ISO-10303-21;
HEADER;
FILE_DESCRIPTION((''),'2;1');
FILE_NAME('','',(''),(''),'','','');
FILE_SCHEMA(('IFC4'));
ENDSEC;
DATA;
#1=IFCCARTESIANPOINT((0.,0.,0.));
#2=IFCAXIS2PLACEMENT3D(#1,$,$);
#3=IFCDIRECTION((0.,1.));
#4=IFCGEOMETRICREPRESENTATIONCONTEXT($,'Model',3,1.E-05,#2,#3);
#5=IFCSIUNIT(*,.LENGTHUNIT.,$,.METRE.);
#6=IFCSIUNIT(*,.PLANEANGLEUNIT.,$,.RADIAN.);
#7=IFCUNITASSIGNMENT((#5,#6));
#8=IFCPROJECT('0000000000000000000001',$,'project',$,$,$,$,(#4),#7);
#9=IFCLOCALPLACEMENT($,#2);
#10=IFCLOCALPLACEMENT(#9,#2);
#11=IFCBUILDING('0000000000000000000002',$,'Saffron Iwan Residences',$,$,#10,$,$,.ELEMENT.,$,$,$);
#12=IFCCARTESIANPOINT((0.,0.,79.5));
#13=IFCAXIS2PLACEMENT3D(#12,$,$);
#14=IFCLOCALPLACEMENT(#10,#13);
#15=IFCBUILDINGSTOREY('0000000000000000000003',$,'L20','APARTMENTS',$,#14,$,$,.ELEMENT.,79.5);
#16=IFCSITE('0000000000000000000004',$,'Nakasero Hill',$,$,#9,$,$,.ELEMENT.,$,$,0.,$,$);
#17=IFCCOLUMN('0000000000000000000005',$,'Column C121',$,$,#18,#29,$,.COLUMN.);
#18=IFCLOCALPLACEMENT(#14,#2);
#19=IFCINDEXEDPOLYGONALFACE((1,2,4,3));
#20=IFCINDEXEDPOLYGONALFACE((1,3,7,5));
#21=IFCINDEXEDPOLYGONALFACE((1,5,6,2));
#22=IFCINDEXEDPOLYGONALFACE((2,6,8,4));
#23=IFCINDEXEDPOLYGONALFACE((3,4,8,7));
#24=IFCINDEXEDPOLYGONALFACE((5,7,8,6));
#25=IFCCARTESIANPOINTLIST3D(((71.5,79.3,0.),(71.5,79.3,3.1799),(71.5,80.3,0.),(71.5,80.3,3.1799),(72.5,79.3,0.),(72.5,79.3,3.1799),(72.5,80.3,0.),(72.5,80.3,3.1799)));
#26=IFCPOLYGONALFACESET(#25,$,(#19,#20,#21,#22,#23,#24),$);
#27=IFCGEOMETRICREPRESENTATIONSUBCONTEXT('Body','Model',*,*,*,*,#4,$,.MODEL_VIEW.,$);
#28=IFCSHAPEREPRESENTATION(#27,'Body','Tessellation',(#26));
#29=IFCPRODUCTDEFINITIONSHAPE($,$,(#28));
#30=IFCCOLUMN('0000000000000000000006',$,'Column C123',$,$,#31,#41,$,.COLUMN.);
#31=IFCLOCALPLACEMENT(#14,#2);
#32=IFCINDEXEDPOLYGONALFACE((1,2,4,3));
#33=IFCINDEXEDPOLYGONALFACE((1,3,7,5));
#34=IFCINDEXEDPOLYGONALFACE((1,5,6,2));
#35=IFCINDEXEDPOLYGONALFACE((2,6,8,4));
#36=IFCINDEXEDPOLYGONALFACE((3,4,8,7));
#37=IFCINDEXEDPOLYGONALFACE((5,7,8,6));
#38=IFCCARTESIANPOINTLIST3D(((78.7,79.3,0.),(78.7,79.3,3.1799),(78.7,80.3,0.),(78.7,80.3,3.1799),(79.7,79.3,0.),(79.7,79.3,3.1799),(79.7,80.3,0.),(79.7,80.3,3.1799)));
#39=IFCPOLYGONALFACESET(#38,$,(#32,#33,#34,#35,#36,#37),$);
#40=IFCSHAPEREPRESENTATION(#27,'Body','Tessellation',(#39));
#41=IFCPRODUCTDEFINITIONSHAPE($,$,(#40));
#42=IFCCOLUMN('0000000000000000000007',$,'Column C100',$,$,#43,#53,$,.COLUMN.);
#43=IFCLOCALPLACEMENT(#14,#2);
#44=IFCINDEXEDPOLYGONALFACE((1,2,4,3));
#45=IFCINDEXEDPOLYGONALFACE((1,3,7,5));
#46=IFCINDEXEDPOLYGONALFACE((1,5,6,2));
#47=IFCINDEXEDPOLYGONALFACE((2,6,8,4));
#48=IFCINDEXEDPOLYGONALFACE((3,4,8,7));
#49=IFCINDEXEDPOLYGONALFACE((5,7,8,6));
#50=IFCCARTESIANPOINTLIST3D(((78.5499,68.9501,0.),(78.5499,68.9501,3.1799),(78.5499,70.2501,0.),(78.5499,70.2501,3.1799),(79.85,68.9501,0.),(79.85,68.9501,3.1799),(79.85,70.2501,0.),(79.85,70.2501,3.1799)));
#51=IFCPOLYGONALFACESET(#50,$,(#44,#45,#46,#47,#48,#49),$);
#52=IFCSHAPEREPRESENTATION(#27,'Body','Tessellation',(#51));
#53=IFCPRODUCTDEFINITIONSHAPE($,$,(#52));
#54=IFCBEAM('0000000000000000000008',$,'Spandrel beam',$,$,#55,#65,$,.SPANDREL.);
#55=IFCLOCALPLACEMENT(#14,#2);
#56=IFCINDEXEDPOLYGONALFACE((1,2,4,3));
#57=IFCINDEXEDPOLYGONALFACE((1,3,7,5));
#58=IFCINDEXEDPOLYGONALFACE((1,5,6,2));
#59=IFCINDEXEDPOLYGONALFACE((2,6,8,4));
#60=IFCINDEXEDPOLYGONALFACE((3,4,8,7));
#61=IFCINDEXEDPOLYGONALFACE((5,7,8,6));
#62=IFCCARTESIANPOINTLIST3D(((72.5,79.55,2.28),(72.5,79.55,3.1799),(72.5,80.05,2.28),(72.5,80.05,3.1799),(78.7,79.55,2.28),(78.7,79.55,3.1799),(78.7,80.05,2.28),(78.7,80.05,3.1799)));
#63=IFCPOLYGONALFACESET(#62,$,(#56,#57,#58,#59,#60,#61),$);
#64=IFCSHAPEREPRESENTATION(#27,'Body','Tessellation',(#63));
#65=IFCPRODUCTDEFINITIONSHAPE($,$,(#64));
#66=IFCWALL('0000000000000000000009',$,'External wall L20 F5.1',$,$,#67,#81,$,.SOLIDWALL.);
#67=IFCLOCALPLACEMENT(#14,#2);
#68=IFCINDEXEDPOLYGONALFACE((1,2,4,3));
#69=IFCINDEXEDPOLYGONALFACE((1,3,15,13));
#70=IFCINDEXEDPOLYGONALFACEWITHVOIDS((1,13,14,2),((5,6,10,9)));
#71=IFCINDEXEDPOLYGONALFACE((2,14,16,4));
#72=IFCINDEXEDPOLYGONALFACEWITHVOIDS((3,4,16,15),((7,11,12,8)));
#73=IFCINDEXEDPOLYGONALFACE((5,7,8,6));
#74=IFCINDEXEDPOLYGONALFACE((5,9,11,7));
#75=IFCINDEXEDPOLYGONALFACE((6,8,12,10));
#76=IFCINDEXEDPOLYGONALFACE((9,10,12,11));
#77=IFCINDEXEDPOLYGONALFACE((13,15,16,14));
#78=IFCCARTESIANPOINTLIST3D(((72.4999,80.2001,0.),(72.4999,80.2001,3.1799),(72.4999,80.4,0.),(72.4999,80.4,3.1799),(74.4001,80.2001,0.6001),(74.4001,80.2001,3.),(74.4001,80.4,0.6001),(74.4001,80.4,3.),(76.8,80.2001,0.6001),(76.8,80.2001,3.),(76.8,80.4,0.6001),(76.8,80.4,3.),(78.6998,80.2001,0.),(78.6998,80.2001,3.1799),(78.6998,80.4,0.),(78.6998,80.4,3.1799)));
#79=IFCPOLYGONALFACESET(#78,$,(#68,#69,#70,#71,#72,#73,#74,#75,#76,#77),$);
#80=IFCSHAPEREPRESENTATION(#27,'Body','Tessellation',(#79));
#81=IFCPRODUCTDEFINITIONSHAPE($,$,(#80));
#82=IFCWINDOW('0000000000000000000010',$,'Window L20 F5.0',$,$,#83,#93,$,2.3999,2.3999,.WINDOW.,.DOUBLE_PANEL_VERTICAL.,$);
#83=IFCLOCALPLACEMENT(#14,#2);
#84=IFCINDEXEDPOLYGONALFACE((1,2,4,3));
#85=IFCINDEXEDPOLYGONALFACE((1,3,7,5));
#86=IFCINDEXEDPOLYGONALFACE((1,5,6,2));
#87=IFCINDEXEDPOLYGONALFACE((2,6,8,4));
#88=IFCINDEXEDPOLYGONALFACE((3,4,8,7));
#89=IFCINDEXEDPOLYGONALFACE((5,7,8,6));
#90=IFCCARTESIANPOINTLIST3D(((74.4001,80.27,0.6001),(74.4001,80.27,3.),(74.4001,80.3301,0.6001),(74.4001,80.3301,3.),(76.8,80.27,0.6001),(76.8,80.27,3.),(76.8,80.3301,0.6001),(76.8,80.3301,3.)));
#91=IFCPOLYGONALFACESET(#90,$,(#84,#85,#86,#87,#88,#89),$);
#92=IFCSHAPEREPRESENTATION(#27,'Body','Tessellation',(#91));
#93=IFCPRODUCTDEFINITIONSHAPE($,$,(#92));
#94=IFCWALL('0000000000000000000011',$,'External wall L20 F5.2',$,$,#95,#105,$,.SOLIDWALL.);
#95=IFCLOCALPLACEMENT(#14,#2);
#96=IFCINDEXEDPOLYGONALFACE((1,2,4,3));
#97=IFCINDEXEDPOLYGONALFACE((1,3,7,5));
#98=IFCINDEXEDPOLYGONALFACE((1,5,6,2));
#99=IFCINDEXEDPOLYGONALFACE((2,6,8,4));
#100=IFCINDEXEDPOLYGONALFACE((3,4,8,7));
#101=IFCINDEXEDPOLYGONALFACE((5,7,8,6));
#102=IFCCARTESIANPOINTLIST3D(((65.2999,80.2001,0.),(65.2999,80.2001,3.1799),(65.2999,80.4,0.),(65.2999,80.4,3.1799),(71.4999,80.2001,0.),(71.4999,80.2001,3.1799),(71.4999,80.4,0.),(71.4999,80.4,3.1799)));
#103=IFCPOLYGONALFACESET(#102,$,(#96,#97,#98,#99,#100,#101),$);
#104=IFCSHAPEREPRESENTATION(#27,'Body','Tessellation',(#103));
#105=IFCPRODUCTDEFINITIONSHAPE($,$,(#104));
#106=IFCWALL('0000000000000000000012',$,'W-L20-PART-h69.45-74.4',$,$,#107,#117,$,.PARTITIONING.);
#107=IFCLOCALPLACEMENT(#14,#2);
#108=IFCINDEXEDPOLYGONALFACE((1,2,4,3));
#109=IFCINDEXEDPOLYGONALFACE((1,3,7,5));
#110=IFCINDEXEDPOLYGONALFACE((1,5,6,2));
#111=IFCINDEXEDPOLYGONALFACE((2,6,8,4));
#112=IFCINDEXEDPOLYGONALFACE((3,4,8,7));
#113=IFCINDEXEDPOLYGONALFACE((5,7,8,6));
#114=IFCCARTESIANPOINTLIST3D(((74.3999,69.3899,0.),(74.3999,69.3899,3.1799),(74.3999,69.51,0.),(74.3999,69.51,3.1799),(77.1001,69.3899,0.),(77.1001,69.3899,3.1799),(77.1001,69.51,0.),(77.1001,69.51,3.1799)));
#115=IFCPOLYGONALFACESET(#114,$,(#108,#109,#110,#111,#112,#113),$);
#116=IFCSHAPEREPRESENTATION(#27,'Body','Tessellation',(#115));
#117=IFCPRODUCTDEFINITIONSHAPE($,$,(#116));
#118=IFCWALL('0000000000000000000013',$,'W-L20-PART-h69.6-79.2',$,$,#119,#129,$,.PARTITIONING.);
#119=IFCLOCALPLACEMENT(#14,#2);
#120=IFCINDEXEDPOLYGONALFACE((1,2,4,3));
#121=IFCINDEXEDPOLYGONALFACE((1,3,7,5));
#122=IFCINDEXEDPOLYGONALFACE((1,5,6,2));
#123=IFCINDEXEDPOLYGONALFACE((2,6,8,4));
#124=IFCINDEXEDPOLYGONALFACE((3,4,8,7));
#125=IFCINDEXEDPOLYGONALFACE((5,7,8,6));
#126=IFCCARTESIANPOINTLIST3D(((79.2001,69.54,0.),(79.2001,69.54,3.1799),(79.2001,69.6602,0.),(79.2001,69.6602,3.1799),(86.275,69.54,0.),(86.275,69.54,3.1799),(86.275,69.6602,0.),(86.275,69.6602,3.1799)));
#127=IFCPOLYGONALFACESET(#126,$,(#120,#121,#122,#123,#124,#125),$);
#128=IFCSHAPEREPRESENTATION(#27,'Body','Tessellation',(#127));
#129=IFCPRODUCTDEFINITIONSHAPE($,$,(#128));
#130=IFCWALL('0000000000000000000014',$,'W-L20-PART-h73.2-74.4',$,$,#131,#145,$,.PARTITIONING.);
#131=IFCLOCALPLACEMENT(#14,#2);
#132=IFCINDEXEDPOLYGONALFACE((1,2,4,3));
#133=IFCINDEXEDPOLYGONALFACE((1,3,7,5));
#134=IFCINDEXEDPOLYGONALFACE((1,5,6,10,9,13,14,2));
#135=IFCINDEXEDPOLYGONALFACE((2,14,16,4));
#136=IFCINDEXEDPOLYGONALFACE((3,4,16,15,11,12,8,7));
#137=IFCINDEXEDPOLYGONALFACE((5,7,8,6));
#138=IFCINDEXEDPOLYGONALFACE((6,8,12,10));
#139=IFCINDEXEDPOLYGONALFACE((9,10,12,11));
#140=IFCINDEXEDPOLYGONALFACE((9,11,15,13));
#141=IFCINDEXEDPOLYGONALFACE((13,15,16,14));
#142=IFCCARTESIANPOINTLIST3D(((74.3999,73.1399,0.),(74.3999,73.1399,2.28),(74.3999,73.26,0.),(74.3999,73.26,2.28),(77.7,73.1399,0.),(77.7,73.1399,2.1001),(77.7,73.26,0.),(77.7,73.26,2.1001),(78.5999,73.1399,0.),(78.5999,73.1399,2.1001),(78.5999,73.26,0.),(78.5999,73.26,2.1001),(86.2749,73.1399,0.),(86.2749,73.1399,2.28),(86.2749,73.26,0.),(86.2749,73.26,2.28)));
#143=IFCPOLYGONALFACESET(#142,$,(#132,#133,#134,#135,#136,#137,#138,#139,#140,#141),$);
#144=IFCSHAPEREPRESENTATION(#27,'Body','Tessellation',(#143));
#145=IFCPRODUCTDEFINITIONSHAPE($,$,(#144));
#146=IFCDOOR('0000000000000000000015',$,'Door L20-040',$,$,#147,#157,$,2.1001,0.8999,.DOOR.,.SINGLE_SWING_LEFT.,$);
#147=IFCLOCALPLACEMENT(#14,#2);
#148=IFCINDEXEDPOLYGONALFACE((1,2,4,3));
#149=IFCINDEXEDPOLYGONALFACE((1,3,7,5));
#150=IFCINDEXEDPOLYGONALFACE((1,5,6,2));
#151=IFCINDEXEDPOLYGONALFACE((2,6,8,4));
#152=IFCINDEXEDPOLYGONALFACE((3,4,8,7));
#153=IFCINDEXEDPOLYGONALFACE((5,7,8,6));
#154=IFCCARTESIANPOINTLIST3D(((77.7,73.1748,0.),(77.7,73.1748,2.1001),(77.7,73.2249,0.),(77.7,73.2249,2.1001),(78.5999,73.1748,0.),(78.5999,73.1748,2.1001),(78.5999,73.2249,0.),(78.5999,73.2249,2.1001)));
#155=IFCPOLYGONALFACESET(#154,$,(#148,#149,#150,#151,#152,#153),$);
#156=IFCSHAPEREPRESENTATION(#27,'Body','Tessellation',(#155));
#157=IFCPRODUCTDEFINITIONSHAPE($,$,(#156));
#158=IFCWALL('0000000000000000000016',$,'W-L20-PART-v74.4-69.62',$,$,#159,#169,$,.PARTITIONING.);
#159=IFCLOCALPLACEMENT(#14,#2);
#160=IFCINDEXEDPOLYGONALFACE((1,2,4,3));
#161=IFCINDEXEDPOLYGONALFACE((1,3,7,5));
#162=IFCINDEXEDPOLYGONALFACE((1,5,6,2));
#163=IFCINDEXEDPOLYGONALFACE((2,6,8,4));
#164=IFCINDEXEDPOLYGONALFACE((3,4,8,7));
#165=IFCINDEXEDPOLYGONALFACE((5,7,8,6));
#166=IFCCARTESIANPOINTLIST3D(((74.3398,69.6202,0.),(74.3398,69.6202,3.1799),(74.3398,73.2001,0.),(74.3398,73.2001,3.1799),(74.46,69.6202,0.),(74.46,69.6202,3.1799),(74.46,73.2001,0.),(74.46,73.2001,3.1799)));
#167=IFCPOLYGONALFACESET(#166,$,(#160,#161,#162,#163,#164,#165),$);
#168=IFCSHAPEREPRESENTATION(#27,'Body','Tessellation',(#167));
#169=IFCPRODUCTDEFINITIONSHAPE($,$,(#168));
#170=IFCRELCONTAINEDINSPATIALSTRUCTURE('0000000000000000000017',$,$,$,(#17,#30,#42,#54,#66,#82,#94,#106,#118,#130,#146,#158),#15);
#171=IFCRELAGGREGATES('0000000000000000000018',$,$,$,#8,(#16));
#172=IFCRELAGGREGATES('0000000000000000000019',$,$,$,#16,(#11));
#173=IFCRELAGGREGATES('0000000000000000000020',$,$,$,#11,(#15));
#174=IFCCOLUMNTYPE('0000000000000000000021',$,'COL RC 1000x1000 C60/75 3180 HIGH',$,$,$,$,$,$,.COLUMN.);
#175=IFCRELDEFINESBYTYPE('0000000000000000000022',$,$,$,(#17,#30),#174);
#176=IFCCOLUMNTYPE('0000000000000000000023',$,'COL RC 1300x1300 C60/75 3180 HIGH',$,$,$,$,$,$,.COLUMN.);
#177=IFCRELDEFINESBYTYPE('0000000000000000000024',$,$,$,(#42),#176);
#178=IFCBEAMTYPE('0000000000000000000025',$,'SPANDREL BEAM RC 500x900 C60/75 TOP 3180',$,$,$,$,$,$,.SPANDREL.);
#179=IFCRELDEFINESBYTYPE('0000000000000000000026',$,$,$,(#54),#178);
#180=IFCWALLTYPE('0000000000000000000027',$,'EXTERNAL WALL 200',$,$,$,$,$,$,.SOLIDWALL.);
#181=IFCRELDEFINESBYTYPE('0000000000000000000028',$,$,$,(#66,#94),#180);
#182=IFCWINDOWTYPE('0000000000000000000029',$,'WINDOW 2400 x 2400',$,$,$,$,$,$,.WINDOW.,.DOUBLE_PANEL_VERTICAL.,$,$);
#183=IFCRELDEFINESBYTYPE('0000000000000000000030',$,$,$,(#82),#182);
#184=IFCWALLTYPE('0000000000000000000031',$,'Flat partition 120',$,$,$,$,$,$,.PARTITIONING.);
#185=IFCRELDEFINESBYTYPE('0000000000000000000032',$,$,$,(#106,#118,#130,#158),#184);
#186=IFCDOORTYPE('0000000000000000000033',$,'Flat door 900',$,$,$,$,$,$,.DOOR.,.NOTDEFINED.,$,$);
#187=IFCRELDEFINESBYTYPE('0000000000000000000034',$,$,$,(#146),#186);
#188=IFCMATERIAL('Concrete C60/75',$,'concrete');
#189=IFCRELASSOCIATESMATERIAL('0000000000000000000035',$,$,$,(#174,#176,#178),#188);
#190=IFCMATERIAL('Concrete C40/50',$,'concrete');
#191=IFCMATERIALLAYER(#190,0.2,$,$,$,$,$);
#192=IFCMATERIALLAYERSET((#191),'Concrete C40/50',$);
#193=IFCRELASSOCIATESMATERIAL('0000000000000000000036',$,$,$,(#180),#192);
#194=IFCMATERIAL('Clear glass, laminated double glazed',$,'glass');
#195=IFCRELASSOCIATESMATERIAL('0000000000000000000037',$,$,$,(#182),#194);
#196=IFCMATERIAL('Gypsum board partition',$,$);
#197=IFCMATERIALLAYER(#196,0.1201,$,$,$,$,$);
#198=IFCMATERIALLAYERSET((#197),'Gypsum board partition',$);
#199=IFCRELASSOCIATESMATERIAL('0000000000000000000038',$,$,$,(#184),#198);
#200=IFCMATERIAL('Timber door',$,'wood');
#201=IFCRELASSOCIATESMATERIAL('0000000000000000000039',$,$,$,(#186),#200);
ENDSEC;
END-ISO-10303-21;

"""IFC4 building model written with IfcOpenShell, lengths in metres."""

from ifc_helpers import new_model, si_unit, direction, frame, frame_2d, origin, origin_2d, place, context, subcontext, project, spatial, rectangle, extrude, source, transform, mapped, material, layer, layer_set, material_profile, profile_set, type_object, element, fill, save


model = new_model("IFC4")

# Units and contexts
model_context = context("Model", 3, precision=1e-05, world=origin(), true_north=direction((0.0, 1.0)))
body_context = subcontext(model_context, "Body", "Model", "MODEL_VIEW")
ifc_project = project(units=[si_unit("LENGTHUNIT", "METRE"), si_unit("PLANEANGLEUNIT", "RADIAN")], contexts=[model_context])

# Site, building, storey
site_placement = place(None, origin())
site = spatial("IfcSite", under=ifc_project, at=site_placement, Name="Nakasero Hill", CompositionType="ELEMENT", RefElevation=0.0)
building_placement = place(site_placement, origin())
building = spatial("IfcBuilding", under=site, at=building_placement, Name="Saffron Iwan Residences", CompositionType="ELEMENT")
storey_placement = place(building_placement, frame((0.0, 0.0, 79.5)))
storey = spatial("IfcBuildingStorey", under=building, at=storey_placement, Name="L20", Description="APARTMENTS", CompositionType="ELEMENT", Elevation=79.5)

# Columns
ifc_material_1 = material(Name="Concrete C60/75", Category="concrete")
ifc_material_profile_1 = material_profile(ifc_material_1, rectangle(XDim=1.0, YDim=1.0, at=origin_2d()), Name="RC 1000x1000")
ifc_profile_set_1 = profile_set([ifc_material_profile_1], Name="Concrete C60/75")
column_type_1 = type_object("IfcColumnType", Name="COL RC 1000x1000 C60/75 3180 HIGH", PredefinedType="COLUMN", material=ifc_profile_set_1)
shared_shape_1 = source(origin(), body_context, "Body", "SweptSolid", [
    extrude(rectangle(XDim=1.0, YDim=1.0, at=origin_2d()), origin(), (0.0, 0.0, 1.0), 3.1799),
])
for number, where, z_axis, x_axis, name in (
    (1, (72.0, 79.8, 0.0), (0.0, 0.0, 1.0), (1.0, 0.0, 0.0), "Column C121"),
    (2, (79.2, 79.8, 0.0), (0.0, 0.0, 1.0), (1.0, 0.0, 0.0), "Column C123"),
):
    element("IfcColumn", number, at=place(storey_placement, frame(where, z_axis=z_axis, x_axis=x_axis)), inside=storey, type_object=column_type_1, Name=name, PredefinedType="COLUMN", context=body_context, shape_type="MappedRepresentation", body=[
        mapped(shared_shape_1, transform((0.0, 0.0, 0.0))),
    ])
ifc_material_profile_2 = material_profile(ifc_material_1, rectangle(XDim=1.3, YDim=1.3, at=origin_2d()), Name="RC 1300x1300")
ifc_profile_set_2 = profile_set([ifc_material_profile_2], Name="Concrete C60/75")
column_type_2 = type_object("IfcColumnType", Name="COL RC 1300x1300 C60/75 3180 HIGH", PredefinedType="COLUMN", material=ifc_profile_set_2)
shared_shape_2 = source(origin(), body_context, "Body", "SweptSolid", [
    extrude(rectangle(XDim=1.3, YDim=1.3, at=origin_2d()), origin(), (0.0, 0.0, 1.0), 3.1799),
])
column_placement = place(storey_placement, frame((79.2, 69.6001, 0.0), z_axis=(0.0, 0.0, 1.0), x_axis=(1.0, 0.0, 0.0)))
element("IfcColumn", 3, at=column_placement, inside=storey, type_object=column_type_2, Name="Column C100", PredefinedType="COLUMN", context=body_context, shape_type="MappedRepresentation", body=[
    mapped(shared_shape_2, transform((0.0, 0.0, 0.0))),
])

# Beam
ifc_material_profile_3 = material_profile(ifc_material_1, rectangle(XDim=0.5, YDim=0.8999, at=origin_2d()), Name="RC 500x900")
ifc_profile_set_3 = profile_set([ifc_material_profile_3], Name="Concrete C60/75")
beam_type = type_object("IfcBeamType", Name="SPANDREL BEAM RC 500x900 C60/75 TOP 3180", PredefinedType="SPANDREL", material=ifc_profile_set_3)
shared_shape_3 = source(origin(), body_context, "Body", "SweptSolid", [
    extrude(rectangle(XDim=0.5, YDim=0.8999, at=origin_2d()), origin(), (0.0, 0.0, 1.0), 6.2),
])
beam_placement = place(storey_placement, frame((72.5, 79.8, 2.73), z_axis=(1.0, 0.0, 0.0), x_axis=(0.0, 1.0, 0.0)))
element("IfcBeam", 4, at=beam_placement, inside=storey, type_object=beam_type, Name="Spandrel beam", PredefinedType="SPANDREL", context=body_context, shape_type="MappedRepresentation", body=[
    mapped(shared_shape_3, transform((0.0, 0.0, 0.0))),
])

# Wall, opening, window
ifc_material_2 = material(Name="Concrete C40/50", Category="concrete")
ifc_layer_1 = layer(ifc_material_2, 0.2)
ifc_layer_set_1 = layer_set([ifc_layer_1], Name="Concrete C40/50")
wall_type_1 = type_object("IfcWallType", Name="EXTERNAL WALL 200", PredefinedType="SOLIDWALL", material=ifc_layer_set_1)
wall_1_placement = place(storey_placement, frame((78.7, 80.3, 0.0), z_axis=(0.0, 0.0, 1.0), x_axis=(-1.0, 0.0, 0.0)))
wall_1 = element("IfcWall", 5, at=wall_1_placement, inside=storey, type_object=wall_type_1, Name="External wall L20 F5.1", PredefinedType="SOLIDWALL", context=body_context, shape_type="SweptSolid", body=[
    extrude(rectangle(XDim=6.2, YDim=0.2, at=frame_2d((3.1001, 0.0))), origin(), (0.0, 0.0, 1.0), 3.1799),
])
opening_1_placement = place(wall_1_placement, frame((1.8999, 0.0, 0.6001)))
opening_1 = element("IfcOpeningElement", 6, at=opening_1_placement, cuts=wall_1, PredefinedType="OPENING", context=body_context, shape_type="SweptSolid", body=[
    extrude(rectangle(XDim=2.3999, YDim=2.3999, at=frame_2d((1.2, 1.2))), frame((0.0, 0.1099, 0.0), z_axis=(0.0, -1.0, 0.0), x_axis=(1.0, 0.0, 0.0)), (0.0, 0.0, 1.0), 0.22),
])
ifc_material_3 = material(Name="Clear glass, laminated double glazed", Category="glass")
window_type = type_object("IfcWindowType", Name="WINDOW 2400 x 2400", PartitioningType="DOUBLE_PANEL_VERTICAL", PredefinedType="WINDOW", material=ifc_material_3)
window_placement = place(opening_1_placement, origin())
window = element("IfcWindow", 7, at=window_placement, inside=storey, type_object=window_type, Name="Window L20 F5.0", OverallHeight=2.3999, OverallWidth=2.3999, PartitioningType="DOUBLE_PANEL_VERTICAL", PredefinedType="WINDOW", context=body_context, shape_type="SweptSolid", body=[
    extrude(rectangle(XDim=2.3999, YDim=2.3999, at=frame_2d((1.2, 1.2))), frame((0.0, 0.03, 0.0), z_axis=(0.0, -1.0, 0.0), x_axis=(1.0, 0.0, 0.0)), (0.0, 0.0, 1.0), 0.0601),
])
fill(opening_1, window)

# Walls
wall_2_placement = place(storey_placement, frame((71.5, 80.3, 0.0), z_axis=(0.0, 0.0, 1.0), x_axis=(-1.0, 0.0, 0.0)))
element("IfcWall", 8, at=wall_2_placement, inside=storey, type_object=wall_type_1, Name="External wall L20 F5.2", PredefinedType="SOLIDWALL", context=body_context, shape_type="SweptSolid", body=[
    extrude(rectangle(XDim=6.2, YDim=0.2, at=frame_2d((3.1001, 0.0))), origin(), (0.0, 0.0, 1.0), 3.1799),
])
ifc_material_4 = material(Name="Gypsum board partition")
ifc_layer_2 = layer(ifc_material_4, 0.1201)
ifc_layer_set_2 = layer_set([ifc_layer_2], Name="Gypsum board partition")
wall_type_2 = type_object("IfcWallType", Name="Flat partition 120", PredefinedType="PARTITIONING", material=ifc_layer_set_2)
wall_3_placement = place(storey_placement, frame((74.3999, 69.45, 0.0), z_axis=(0.0, 0.0, 1.0), x_axis=(1.0, 0.0, 0.0)))
element("IfcWall", 9, at=wall_3_placement, inside=storey, type_object=wall_type_2, Name="W-L20-PART-h69.45-74.4", PredefinedType="PARTITIONING", context=body_context, shape_type="SweptSolid", body=[
    extrude(rectangle(XDim=2.7002, YDim=0.1201, at=frame_2d((1.3501, 0.0))), origin(), (0.0, 0.0, 1.0), 3.1799),
])
wall_4_placement = place(storey_placement, frame((79.2, 69.6001, 0.0), z_axis=(0.0, 0.0, 1.0), x_axis=(1.0, 0.0, 0.0)))
element("IfcWall", 10, at=wall_4_placement, inside=storey, type_object=wall_type_2, Name="W-L20-PART-h69.6-79.2", PredefinedType="PARTITIONING", context=body_context, shape_type="SweptSolid", body=[
    extrude(rectangle(XDim=7.075, YDim=0.1201, at=frame_2d((3.5376, 0.0))), origin(), (0.0, 0.0, 1.0), 3.1799),
])

# Wall, opening, door
wall_5_placement = place(storey_placement, frame((74.3999, 73.2, 0.0), z_axis=(0.0, 0.0, 1.0), x_axis=(1.0, 0.0, 0.0)))
wall_5 = element("IfcWall", 11, at=wall_5_placement, inside=storey, type_object=wall_type_2, Name="W-L20-PART-h73.2-74.4", PredefinedType="PARTITIONING", context=body_context, shape_type="SweptSolid", body=[
    extrude(rectangle(XDim=11.875, YDim=0.1201, at=frame_2d((5.9375, 0.0))), origin(), (0.0, 0.0, 1.0), 2.28),
])
opening_2_placement = place(wall_5_placement, frame((3.3, 0.0, 0.0)))
opening_2 = element("IfcOpeningElement", 12, at=opening_2_placement, cuts=wall_5, PredefinedType="OPENING", context=body_context, shape_type="SweptSolid", body=[
    extrude(rectangle(XDim=0.8999, YDim=2.1001, at=frame_2d((0.45, 1.05))), frame((0.0, 0.0701, 0.0), z_axis=(0.0, -1.0, 0.0), x_axis=(1.0, 0.0, 0.0)), (0.0, 0.0, 1.0), 0.1401),
])
ifc_material_5 = material(Name="Timber door", Category="wood")
door_type = type_object("IfcDoorType", Name="Flat door 900", OperationType="NOTDEFINED", PredefinedType="DOOR", material=ifc_material_5)
door_placement = place(opening_2_placement, origin())
door = element("IfcDoor", 13, at=door_placement, inside=storey, type_object=door_type, Name="Door L20-040", OperationType="SINGLE_SWING_LEFT", OverallHeight=2.1001, OverallWidth=0.8999, PredefinedType="DOOR", context=body_context, shape_type="SweptSolid", body=[
    extrude(rectangle(XDim=0.8999, YDim=2.1001, at=frame_2d((0.45, 1.05))), frame((0.0, 0.0249, 0.0), z_axis=(0.0, -1.0, 0.0), x_axis=(1.0, 0.0, 0.0)), (0.0, 0.0, 1.0), 0.05),
])
fill(opening_2, door)

# Wall
wall_6_placement = place(storey_placement, frame((74.3999, 69.6201, 0.0), z_axis=(0.0, 0.0, 1.0), x_axis=(0.0, 1.0, 0.0)))
element("IfcWall", 14, at=wall_6_placement, inside=storey, type_object=wall_type_2, Name="W-L20-PART-v74.4-69.62", PredefinedType="PARTITIONING", context=body_context, shape_type="SweptSolid", body=[
    extrude(rectangle(XDim=3.5798, YDim=0.1201, at=frame_2d((1.79, 0.0))), origin(), (0.0, 0.0, 1.0), 3.1799),
])

save(model, "model.ifc")
